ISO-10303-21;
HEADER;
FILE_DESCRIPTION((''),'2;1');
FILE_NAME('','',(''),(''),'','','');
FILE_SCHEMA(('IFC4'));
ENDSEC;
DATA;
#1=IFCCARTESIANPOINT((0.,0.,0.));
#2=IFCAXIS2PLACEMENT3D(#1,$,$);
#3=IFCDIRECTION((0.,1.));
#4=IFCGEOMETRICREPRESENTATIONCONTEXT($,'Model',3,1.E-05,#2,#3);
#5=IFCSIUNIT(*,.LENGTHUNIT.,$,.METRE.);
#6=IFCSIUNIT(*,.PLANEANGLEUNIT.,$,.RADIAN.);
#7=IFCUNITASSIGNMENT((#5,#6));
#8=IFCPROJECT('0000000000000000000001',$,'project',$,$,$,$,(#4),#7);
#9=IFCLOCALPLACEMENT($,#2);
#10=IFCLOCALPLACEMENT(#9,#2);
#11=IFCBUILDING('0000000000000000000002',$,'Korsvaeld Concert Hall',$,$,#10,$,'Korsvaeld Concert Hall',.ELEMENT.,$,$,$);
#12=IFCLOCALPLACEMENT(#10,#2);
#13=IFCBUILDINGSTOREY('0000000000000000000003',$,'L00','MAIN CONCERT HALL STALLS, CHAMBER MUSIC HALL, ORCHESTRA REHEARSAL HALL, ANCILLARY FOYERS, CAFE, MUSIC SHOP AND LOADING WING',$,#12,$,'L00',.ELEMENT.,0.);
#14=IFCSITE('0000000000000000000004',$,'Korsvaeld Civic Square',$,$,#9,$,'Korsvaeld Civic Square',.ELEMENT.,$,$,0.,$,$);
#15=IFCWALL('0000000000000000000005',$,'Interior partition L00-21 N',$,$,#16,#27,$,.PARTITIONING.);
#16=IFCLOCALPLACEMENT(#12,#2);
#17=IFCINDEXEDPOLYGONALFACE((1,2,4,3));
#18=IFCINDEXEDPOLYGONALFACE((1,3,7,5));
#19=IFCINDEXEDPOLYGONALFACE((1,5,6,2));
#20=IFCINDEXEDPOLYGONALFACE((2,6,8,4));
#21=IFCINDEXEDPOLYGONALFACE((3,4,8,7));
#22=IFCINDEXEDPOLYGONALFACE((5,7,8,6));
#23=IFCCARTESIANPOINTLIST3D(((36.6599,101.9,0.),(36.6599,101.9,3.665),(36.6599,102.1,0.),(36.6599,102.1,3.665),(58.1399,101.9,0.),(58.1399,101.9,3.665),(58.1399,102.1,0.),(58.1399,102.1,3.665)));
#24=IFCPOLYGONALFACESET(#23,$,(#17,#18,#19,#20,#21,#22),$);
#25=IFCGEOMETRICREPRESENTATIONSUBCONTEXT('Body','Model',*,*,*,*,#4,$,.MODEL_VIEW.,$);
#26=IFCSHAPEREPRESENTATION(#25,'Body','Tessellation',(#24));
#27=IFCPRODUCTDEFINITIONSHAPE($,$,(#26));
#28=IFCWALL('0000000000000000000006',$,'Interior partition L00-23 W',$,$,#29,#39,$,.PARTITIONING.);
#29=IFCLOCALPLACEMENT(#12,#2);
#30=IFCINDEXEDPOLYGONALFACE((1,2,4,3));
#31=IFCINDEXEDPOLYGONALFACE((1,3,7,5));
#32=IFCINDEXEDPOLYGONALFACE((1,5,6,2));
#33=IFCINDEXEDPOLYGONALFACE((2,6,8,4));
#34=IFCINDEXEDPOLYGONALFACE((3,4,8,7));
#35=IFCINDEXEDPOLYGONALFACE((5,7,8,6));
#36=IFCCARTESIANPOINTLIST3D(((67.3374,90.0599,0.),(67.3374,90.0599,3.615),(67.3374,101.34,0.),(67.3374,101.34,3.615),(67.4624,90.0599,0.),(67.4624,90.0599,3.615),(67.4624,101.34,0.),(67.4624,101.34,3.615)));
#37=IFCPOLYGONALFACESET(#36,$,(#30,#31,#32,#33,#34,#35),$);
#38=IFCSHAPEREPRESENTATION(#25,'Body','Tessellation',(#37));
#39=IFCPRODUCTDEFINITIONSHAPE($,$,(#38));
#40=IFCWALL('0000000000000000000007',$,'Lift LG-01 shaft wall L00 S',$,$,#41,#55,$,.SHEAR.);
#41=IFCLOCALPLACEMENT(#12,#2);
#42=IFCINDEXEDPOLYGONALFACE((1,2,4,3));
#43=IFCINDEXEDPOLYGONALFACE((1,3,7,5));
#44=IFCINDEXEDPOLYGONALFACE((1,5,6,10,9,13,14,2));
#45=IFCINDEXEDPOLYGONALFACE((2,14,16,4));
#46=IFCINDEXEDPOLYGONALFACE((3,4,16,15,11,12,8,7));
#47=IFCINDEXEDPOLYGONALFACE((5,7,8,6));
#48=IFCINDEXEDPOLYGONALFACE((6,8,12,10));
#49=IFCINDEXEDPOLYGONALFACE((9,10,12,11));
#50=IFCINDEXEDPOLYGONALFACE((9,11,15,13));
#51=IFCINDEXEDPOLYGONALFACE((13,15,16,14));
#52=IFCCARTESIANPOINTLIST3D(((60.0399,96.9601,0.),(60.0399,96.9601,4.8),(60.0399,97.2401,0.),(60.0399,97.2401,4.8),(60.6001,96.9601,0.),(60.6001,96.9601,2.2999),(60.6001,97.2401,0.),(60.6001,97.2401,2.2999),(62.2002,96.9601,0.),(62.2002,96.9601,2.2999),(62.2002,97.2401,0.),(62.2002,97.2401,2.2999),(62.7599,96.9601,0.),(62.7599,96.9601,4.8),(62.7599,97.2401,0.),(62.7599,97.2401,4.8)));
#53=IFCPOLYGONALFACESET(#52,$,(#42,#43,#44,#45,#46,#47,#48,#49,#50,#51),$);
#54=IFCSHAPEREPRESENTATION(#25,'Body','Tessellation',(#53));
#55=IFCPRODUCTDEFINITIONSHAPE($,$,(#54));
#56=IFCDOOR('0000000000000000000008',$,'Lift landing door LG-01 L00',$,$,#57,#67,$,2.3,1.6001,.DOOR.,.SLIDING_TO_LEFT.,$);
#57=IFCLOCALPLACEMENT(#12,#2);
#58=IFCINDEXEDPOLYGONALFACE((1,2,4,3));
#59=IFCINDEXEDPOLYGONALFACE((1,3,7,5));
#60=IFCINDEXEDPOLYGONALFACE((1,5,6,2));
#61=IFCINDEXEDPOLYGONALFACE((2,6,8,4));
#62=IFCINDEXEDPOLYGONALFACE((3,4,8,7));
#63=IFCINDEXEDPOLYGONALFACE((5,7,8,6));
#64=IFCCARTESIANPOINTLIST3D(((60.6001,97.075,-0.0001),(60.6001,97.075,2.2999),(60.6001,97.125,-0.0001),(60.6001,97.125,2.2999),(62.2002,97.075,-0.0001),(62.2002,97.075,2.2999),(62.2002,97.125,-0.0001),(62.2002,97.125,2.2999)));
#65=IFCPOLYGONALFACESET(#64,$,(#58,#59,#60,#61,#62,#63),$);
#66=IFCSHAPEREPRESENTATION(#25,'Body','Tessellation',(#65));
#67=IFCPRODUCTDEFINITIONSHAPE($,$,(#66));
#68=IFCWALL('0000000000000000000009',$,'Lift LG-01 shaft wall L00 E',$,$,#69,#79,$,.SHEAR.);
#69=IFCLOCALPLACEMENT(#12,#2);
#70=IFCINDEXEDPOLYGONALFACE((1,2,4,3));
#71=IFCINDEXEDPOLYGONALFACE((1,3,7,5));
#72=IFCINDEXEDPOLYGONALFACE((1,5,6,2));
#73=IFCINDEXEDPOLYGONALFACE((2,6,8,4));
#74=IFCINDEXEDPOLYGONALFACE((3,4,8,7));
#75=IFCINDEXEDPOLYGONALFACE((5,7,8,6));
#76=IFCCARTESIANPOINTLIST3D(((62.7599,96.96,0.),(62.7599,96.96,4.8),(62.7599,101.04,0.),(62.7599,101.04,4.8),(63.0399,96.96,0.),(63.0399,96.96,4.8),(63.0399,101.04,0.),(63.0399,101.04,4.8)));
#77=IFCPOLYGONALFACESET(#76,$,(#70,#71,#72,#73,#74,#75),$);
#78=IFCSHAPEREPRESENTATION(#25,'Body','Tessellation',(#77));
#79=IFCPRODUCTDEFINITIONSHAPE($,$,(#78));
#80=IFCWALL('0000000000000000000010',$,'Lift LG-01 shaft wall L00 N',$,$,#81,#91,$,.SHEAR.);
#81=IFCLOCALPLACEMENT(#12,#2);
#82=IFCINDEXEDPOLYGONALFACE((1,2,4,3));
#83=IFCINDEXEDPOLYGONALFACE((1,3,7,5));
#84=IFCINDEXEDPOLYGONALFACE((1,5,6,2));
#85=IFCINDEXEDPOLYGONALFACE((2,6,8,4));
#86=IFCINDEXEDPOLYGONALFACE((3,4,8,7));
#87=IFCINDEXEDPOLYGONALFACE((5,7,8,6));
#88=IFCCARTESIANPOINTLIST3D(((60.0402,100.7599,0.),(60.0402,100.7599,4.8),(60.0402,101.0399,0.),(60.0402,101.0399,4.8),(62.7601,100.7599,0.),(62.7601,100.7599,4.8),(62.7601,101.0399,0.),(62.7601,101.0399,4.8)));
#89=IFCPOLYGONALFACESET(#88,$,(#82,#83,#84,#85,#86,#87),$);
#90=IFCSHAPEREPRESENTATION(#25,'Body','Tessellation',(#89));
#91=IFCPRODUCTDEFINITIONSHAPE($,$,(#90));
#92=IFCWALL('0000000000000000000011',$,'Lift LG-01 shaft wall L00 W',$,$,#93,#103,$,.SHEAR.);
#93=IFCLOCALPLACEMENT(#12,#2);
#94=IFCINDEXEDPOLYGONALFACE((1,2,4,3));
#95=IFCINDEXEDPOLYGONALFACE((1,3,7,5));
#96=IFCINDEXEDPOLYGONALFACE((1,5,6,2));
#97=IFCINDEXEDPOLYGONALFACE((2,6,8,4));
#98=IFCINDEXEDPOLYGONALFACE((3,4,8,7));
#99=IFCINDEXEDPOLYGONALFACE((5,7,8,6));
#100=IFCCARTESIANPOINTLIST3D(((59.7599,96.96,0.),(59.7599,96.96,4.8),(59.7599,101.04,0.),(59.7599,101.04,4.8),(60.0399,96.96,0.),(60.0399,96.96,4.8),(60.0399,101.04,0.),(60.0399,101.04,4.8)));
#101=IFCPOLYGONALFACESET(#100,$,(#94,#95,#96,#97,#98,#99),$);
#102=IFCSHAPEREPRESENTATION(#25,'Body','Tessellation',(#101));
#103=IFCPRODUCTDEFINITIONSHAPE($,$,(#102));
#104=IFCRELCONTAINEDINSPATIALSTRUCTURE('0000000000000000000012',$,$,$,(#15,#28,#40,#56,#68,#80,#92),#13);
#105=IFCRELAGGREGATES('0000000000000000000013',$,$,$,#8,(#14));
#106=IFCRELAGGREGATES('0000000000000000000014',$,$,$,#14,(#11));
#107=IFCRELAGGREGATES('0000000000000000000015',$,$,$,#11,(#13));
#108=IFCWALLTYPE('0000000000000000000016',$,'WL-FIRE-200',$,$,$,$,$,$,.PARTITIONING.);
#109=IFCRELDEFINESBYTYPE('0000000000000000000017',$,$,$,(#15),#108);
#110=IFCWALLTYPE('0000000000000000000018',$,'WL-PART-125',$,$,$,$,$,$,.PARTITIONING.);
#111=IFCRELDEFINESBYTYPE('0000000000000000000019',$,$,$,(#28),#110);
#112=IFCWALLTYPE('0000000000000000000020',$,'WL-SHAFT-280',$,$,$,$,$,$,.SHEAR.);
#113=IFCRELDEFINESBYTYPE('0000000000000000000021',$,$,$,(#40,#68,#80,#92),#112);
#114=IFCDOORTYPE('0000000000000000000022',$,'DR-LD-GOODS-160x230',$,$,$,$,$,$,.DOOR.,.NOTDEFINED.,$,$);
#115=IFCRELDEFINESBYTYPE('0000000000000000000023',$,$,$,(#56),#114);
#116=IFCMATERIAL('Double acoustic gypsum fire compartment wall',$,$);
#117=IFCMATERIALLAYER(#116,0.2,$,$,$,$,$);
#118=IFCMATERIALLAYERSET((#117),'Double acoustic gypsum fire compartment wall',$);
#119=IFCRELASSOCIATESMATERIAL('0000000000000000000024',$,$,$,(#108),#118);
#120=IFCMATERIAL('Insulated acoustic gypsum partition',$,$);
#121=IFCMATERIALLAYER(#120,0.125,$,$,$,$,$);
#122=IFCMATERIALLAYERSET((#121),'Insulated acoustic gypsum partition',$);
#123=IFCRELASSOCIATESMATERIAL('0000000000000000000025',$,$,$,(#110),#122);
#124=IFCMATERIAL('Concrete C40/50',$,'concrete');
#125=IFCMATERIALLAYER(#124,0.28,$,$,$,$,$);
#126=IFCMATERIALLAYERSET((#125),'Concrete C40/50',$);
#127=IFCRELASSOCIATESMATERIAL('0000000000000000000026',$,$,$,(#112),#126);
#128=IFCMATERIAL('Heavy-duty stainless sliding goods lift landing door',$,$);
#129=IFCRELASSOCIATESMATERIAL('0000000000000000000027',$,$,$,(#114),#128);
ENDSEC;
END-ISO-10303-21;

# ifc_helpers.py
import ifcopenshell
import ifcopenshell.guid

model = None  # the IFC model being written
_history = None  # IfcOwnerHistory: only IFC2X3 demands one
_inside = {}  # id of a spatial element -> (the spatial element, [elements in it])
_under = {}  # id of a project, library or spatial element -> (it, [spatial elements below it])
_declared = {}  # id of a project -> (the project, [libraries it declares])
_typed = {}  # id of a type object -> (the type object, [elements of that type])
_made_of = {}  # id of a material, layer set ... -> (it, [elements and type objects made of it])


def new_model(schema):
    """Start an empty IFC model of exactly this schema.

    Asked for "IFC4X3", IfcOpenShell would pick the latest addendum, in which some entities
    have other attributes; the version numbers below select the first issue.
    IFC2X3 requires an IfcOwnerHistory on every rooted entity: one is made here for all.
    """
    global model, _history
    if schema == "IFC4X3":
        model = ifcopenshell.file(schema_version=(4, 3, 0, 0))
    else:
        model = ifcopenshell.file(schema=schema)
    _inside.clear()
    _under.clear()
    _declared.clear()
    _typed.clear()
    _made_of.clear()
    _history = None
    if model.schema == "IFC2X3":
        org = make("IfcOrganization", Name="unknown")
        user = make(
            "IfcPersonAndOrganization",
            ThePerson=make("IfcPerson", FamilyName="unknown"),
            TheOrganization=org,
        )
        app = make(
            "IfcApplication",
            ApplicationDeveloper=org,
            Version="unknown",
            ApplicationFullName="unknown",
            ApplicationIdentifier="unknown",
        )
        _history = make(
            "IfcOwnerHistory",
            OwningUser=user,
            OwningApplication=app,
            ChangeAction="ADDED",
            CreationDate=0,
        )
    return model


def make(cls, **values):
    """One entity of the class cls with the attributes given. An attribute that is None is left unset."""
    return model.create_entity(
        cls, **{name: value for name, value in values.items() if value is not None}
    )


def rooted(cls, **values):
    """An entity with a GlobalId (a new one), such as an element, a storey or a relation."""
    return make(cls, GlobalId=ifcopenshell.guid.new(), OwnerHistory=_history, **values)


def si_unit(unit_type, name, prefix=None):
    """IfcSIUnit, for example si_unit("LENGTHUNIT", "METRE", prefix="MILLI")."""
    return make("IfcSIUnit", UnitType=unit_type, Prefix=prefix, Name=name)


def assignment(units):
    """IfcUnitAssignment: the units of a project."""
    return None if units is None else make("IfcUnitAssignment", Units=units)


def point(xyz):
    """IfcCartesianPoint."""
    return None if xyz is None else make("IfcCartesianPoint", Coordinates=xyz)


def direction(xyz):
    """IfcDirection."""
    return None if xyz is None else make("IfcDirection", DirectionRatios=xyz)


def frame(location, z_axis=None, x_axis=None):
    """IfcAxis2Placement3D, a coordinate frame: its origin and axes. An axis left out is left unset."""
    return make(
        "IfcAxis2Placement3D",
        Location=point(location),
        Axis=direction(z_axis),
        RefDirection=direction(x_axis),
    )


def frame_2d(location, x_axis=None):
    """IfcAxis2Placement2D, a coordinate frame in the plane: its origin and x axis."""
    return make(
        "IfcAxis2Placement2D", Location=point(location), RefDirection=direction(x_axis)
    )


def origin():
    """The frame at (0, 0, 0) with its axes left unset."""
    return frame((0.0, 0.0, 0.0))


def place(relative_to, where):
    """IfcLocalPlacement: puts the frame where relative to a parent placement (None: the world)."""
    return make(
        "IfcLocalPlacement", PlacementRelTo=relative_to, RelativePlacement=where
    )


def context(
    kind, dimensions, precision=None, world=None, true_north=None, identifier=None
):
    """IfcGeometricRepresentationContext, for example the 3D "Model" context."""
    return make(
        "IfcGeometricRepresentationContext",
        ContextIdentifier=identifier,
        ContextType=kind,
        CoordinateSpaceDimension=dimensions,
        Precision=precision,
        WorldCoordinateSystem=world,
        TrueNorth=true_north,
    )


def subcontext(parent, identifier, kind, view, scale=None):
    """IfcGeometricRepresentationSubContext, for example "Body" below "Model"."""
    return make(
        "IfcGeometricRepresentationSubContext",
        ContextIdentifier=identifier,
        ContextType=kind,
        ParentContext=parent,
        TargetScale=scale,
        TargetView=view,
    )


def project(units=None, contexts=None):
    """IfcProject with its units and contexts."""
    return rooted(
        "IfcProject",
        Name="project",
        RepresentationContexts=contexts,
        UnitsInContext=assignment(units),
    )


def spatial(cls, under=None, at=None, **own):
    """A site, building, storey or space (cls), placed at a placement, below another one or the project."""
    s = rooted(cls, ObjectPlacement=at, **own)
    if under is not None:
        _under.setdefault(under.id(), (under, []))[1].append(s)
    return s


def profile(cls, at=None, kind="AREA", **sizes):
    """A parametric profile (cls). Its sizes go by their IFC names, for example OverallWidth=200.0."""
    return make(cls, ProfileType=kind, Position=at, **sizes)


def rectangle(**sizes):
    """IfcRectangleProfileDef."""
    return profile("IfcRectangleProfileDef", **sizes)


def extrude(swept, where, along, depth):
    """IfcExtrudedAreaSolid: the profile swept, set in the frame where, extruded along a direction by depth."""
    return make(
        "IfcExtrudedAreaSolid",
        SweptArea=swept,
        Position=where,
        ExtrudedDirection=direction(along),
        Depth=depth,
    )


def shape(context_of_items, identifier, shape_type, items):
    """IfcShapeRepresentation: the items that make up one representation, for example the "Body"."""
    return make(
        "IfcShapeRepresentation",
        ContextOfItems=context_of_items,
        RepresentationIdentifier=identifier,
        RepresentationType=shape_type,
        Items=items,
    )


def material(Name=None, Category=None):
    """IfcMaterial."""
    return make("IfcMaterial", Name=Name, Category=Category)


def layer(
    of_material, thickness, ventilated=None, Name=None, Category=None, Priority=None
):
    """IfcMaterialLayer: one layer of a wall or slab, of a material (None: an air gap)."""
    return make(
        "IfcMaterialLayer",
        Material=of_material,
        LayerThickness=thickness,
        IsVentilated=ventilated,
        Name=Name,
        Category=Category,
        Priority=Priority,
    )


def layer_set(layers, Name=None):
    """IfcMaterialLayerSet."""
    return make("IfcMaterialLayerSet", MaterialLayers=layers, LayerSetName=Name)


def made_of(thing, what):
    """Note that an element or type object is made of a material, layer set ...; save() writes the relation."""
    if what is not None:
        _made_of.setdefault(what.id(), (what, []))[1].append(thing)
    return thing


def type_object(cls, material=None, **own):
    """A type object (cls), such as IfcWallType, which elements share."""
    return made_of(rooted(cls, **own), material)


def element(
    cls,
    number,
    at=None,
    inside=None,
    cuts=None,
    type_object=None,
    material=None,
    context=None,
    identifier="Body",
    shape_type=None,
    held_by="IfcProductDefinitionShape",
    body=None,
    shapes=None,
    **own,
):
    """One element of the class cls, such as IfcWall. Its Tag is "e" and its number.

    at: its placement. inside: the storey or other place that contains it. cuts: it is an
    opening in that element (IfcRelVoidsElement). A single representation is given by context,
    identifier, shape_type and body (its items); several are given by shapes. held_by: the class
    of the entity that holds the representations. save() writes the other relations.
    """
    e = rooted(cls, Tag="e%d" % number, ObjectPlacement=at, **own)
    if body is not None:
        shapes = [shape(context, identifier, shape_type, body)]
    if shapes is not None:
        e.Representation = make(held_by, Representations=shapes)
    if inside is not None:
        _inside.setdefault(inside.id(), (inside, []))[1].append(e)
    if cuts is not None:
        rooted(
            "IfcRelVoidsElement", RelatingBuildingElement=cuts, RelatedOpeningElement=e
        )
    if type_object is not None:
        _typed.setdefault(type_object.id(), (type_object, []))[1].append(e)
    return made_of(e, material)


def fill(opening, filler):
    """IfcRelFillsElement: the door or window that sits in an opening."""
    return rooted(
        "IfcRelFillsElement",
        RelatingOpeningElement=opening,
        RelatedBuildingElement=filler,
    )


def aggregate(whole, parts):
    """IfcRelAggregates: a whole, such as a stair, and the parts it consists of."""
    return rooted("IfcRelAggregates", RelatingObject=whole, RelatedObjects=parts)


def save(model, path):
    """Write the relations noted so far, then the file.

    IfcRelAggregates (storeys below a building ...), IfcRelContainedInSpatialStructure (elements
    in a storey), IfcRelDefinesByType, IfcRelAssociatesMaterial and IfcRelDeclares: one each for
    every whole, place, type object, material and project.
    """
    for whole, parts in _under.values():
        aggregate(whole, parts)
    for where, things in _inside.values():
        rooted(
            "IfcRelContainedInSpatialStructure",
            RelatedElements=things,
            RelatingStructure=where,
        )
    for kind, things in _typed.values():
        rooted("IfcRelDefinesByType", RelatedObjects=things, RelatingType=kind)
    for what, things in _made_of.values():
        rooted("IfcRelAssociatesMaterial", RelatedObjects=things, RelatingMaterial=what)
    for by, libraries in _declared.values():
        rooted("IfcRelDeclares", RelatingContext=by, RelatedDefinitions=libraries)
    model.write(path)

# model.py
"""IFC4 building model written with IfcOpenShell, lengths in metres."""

from ifc_helpers import new_model, si_unit, direction, frame, frame_2d, origin, place, context, subcontext, project, spatial, rectangle, extrude, material, layer, layer_set, type_object, element, fill, save


model = new_model("IFC4")

# Units and contexts
model_context = context("Model", 3, precision=1e-05, world=origin(), true_north=direction((0.0, 1.0)))
body_context = subcontext(model_context, "Body", "Model", "MODEL_VIEW")
ifc_project = project(units=[si_unit("LENGTHUNIT", "METRE"), si_unit("PLANEANGLEUNIT", "RADIAN")], contexts=[model_context])

# Site, building, storey
site_placement = place(None, origin())
site = spatial("IfcSite", under=ifc_project, at=site_placement, Name="Korsvaeld Civic Square", LongName="Korsvaeld Civic Square", CompositionType="ELEMENT", RefElevation=0.0)
building_placement = place(site_placement, origin())
building = spatial("IfcBuilding", under=site, at=building_placement, Name="Korsvaeld Concert Hall", LongName="Korsvaeld Concert Hall", CompositionType="ELEMENT")
storey_placement = place(building_placement, origin())
storey = spatial("IfcBuildingStorey", under=building, at=storey_placement, Name="L00", Description="MAIN CONCERT HALL STALLS, CHAMBER MUSIC HALL, ORCHESTRA REHEARSAL HALL, ANCILLARY FOYERS, CAFE, MUSIC SHOP AND LOADING WING", LongName="L00", CompositionType="ELEMENT", Elevation=0.0)

# Shared definitions
ifc_material_1 = material(Name="Concrete C40/50", Category="concrete")

# Walls
ifc_material_2 = material(Name="Double acoustic gypsum fire compartment wall")
ifc_layer_1 = layer(ifc_material_2, 0.2)
ifc_layer_set_1 = layer_set([ifc_layer_1], Name="Double acoustic gypsum fire compartment wall")
wall_type_1 = type_object("IfcWallType", Name="WL-FIRE-200", PredefinedType="PARTITIONING", material=ifc_layer_set_1)
wall_1_placement = place(storey_placement, frame((58.1399, 102.0, 0.0), z_axis=(0.0, 0.0, 1.0), x_axis=(-1.0, 0.0, 0.0)))
element("IfcWall", 1, at=wall_1_placement, inside=storey, type_object=wall_type_1, Name="Interior partition L00-21 N", PredefinedType="PARTITIONING", context=body_context, shape_type="SweptSolid", body=[
    extrude(rectangle(XDim=21.48, YDim=0.2, at=frame_2d((10.74, 0.0))), origin(), (0.0, 0.0, 1.0), 3.665),
])
ifc_material_3 = material(Name="Insulated acoustic gypsum partition")
ifc_layer_2 = layer(ifc_material_3, 0.125)
ifc_layer_set_2 = layer_set([ifc_layer_2], Name="Insulated acoustic gypsum partition")
wall_type_2 = type_object("IfcWallType", Name="WL-PART-125", PredefinedType="PARTITIONING", material=ifc_layer_set_2)
wall_2_placement = place(storey_placement, frame((67.3999, 101.3401, 0.0), z_axis=(0.0, 0.0, 1.0), x_axis=(0.0, -1.0, 0.0)))
element("IfcWall", 2, at=wall_2_placement, inside=storey, type_object=wall_type_2, Name="Interior partition L00-23 W", PredefinedType="PARTITIONING", context=body_context, shape_type="SweptSolid", body=[
    extrude(rectangle(XDim=11.28, YDim=0.125, at=frame_2d((5.6401, 0.0))), origin(), (0.0, 0.0, 1.0), 3.615),
])

# Wall, opening, door
ifc_layer_3 = layer(ifc_material_1, 0.28)
ifc_layer_set_3 = layer_set([ifc_layer_3], Name="Concrete C40/50")
wall_type_3 = type_object("IfcWallType", Name="WL-SHAFT-280", PredefinedType="SHEAR", material=ifc_layer_set_3)
wall_3_placement = place(storey_placement, frame((60.04, 97.1001, 0.0), z_axis=(0.0, 0.0, 1.0), x_axis=(1.0, 0.0, 0.0)))
wall_3 = element("IfcWall", 3, at=wall_3_placement, inside=storey, type_object=wall_type_3, Name="Lift LG-01 shaft wall L00 S", PredefinedType="SHEAR", context=body_context, shape_type="SweptSolid", body=[
    extrude(rectangle(XDim=2.72, YDim=0.28, at=frame_2d((1.3599, 0.0))), origin(), (0.0, 0.0, 1.0), 4.8),
])
opening_1_placement = place(wall_3_placement, frame((0.5601, 0.0, 0.0)))
opening_1 = element("IfcOpeningElement", 4, at=opening_1_placement, cuts=wall_3, PredefinedType="OPENING", context=body_context, shape_type="SweptSolid", body=[
    extrude(rectangle(XDim=1.6001, YDim=2.3, at=frame_2d((0.8, 1.1499))), frame((0.0, 0.1499, 0.0), z_axis=(0.0, -1.0, 0.0), x_axis=(1.0, 0.0, 0.0)), (0.0, 0.0, 1.0), 0.3),
])
ifc_material_4 = material(Name="Heavy-duty stainless sliding goods lift landing door")
door_type_1 = type_object("IfcDoorType", Name="DR-LD-GOODS-160x230", OperationType="NOTDEFINED", PredefinedType="DOOR", material=ifc_material_4)
door_1_placement = place(opening_1_placement, origin())
door_1 = element("IfcDoor", 5, at=door_1_placement, inside=storey, type_object=door_type_1, Name="Lift landing door LG-01 L00", OperationType="SLIDING_TO_LEFT", OverallHeight=2.3, OverallWidth=1.6001, PredefinedType="DOOR", context=body_context, shape_type="SweptSolid", body=[
    extrude(rectangle(XDim=1.6001, YDim=2.3, at=frame_2d((0.8, 1.1499))), frame((0.0, 0.0249, 0.0), z_axis=(0.0, -1.0, 0.0), x_axis=(1.0, 0.0, 0.0)), (0.0, 0.0, 1.0), 0.05),
])
fill(opening_1, door_1)

# Walls
wall_4_placement = place(storey_placement, frame((62.8999, 96.96, 0.0), z_axis=(0.0, 0.0, 1.0), x_axis=(0.0, 1.0, 0.0)))
element("IfcWall", 6, at=wall_4_placement, inside=storey, type_object=wall_type_3, Name="Lift LG-01 shaft wall L00 E", PredefinedType="SHEAR", context=body_context, shape_type="SweptSolid", body=[
    extrude(rectangle(XDim=4.0801, YDim=0.28, at=frame_2d((2.04, 0.0))), origin(), (0.0, 0.0, 1.0), 4.8),
])
wall_5_placement = place(storey_placement, frame((62.76, 100.8999, 0.0), z_axis=(0.0, 0.0, 1.0), x_axis=(-1.0, 0.0, 0.0)))
element("IfcWall", 7, at=wall_5_placement, inside=storey, type_object=wall_type_3, Name="Lift LG-01 shaft wall L00 N", PredefinedType="SHEAR", context=body_context, shape_type="SweptSolid", body=[
    extrude(rectangle(XDim=2.72, YDim=0.28, at=frame_2d((1.3599, 0.0))), origin(), (0.0, 0.0, 1.0), 4.8),
])
wall_6_placement = place(storey_placement, frame((59.8999, 101.04, 0.0), z_axis=(0.0, 0.0, 1.0), x_axis=(0.0, -1.0, 0.0)))
element("IfcWall", 8, at=wall_6_placement, inside=storey, type_object=wall_type_3, Name="Lift LG-01 shaft wall L00 W", PredefinedType="SHEAR", context=body_context, shape_type="SweptSolid", body=[
    extrude(rectangle(XDim=4.0801, YDim=0.28, at=frame_2d((2.04, 0.0))), origin(), (0.0, 0.0, 1.0), 4.8),
])

save(model, "model.ifc")
